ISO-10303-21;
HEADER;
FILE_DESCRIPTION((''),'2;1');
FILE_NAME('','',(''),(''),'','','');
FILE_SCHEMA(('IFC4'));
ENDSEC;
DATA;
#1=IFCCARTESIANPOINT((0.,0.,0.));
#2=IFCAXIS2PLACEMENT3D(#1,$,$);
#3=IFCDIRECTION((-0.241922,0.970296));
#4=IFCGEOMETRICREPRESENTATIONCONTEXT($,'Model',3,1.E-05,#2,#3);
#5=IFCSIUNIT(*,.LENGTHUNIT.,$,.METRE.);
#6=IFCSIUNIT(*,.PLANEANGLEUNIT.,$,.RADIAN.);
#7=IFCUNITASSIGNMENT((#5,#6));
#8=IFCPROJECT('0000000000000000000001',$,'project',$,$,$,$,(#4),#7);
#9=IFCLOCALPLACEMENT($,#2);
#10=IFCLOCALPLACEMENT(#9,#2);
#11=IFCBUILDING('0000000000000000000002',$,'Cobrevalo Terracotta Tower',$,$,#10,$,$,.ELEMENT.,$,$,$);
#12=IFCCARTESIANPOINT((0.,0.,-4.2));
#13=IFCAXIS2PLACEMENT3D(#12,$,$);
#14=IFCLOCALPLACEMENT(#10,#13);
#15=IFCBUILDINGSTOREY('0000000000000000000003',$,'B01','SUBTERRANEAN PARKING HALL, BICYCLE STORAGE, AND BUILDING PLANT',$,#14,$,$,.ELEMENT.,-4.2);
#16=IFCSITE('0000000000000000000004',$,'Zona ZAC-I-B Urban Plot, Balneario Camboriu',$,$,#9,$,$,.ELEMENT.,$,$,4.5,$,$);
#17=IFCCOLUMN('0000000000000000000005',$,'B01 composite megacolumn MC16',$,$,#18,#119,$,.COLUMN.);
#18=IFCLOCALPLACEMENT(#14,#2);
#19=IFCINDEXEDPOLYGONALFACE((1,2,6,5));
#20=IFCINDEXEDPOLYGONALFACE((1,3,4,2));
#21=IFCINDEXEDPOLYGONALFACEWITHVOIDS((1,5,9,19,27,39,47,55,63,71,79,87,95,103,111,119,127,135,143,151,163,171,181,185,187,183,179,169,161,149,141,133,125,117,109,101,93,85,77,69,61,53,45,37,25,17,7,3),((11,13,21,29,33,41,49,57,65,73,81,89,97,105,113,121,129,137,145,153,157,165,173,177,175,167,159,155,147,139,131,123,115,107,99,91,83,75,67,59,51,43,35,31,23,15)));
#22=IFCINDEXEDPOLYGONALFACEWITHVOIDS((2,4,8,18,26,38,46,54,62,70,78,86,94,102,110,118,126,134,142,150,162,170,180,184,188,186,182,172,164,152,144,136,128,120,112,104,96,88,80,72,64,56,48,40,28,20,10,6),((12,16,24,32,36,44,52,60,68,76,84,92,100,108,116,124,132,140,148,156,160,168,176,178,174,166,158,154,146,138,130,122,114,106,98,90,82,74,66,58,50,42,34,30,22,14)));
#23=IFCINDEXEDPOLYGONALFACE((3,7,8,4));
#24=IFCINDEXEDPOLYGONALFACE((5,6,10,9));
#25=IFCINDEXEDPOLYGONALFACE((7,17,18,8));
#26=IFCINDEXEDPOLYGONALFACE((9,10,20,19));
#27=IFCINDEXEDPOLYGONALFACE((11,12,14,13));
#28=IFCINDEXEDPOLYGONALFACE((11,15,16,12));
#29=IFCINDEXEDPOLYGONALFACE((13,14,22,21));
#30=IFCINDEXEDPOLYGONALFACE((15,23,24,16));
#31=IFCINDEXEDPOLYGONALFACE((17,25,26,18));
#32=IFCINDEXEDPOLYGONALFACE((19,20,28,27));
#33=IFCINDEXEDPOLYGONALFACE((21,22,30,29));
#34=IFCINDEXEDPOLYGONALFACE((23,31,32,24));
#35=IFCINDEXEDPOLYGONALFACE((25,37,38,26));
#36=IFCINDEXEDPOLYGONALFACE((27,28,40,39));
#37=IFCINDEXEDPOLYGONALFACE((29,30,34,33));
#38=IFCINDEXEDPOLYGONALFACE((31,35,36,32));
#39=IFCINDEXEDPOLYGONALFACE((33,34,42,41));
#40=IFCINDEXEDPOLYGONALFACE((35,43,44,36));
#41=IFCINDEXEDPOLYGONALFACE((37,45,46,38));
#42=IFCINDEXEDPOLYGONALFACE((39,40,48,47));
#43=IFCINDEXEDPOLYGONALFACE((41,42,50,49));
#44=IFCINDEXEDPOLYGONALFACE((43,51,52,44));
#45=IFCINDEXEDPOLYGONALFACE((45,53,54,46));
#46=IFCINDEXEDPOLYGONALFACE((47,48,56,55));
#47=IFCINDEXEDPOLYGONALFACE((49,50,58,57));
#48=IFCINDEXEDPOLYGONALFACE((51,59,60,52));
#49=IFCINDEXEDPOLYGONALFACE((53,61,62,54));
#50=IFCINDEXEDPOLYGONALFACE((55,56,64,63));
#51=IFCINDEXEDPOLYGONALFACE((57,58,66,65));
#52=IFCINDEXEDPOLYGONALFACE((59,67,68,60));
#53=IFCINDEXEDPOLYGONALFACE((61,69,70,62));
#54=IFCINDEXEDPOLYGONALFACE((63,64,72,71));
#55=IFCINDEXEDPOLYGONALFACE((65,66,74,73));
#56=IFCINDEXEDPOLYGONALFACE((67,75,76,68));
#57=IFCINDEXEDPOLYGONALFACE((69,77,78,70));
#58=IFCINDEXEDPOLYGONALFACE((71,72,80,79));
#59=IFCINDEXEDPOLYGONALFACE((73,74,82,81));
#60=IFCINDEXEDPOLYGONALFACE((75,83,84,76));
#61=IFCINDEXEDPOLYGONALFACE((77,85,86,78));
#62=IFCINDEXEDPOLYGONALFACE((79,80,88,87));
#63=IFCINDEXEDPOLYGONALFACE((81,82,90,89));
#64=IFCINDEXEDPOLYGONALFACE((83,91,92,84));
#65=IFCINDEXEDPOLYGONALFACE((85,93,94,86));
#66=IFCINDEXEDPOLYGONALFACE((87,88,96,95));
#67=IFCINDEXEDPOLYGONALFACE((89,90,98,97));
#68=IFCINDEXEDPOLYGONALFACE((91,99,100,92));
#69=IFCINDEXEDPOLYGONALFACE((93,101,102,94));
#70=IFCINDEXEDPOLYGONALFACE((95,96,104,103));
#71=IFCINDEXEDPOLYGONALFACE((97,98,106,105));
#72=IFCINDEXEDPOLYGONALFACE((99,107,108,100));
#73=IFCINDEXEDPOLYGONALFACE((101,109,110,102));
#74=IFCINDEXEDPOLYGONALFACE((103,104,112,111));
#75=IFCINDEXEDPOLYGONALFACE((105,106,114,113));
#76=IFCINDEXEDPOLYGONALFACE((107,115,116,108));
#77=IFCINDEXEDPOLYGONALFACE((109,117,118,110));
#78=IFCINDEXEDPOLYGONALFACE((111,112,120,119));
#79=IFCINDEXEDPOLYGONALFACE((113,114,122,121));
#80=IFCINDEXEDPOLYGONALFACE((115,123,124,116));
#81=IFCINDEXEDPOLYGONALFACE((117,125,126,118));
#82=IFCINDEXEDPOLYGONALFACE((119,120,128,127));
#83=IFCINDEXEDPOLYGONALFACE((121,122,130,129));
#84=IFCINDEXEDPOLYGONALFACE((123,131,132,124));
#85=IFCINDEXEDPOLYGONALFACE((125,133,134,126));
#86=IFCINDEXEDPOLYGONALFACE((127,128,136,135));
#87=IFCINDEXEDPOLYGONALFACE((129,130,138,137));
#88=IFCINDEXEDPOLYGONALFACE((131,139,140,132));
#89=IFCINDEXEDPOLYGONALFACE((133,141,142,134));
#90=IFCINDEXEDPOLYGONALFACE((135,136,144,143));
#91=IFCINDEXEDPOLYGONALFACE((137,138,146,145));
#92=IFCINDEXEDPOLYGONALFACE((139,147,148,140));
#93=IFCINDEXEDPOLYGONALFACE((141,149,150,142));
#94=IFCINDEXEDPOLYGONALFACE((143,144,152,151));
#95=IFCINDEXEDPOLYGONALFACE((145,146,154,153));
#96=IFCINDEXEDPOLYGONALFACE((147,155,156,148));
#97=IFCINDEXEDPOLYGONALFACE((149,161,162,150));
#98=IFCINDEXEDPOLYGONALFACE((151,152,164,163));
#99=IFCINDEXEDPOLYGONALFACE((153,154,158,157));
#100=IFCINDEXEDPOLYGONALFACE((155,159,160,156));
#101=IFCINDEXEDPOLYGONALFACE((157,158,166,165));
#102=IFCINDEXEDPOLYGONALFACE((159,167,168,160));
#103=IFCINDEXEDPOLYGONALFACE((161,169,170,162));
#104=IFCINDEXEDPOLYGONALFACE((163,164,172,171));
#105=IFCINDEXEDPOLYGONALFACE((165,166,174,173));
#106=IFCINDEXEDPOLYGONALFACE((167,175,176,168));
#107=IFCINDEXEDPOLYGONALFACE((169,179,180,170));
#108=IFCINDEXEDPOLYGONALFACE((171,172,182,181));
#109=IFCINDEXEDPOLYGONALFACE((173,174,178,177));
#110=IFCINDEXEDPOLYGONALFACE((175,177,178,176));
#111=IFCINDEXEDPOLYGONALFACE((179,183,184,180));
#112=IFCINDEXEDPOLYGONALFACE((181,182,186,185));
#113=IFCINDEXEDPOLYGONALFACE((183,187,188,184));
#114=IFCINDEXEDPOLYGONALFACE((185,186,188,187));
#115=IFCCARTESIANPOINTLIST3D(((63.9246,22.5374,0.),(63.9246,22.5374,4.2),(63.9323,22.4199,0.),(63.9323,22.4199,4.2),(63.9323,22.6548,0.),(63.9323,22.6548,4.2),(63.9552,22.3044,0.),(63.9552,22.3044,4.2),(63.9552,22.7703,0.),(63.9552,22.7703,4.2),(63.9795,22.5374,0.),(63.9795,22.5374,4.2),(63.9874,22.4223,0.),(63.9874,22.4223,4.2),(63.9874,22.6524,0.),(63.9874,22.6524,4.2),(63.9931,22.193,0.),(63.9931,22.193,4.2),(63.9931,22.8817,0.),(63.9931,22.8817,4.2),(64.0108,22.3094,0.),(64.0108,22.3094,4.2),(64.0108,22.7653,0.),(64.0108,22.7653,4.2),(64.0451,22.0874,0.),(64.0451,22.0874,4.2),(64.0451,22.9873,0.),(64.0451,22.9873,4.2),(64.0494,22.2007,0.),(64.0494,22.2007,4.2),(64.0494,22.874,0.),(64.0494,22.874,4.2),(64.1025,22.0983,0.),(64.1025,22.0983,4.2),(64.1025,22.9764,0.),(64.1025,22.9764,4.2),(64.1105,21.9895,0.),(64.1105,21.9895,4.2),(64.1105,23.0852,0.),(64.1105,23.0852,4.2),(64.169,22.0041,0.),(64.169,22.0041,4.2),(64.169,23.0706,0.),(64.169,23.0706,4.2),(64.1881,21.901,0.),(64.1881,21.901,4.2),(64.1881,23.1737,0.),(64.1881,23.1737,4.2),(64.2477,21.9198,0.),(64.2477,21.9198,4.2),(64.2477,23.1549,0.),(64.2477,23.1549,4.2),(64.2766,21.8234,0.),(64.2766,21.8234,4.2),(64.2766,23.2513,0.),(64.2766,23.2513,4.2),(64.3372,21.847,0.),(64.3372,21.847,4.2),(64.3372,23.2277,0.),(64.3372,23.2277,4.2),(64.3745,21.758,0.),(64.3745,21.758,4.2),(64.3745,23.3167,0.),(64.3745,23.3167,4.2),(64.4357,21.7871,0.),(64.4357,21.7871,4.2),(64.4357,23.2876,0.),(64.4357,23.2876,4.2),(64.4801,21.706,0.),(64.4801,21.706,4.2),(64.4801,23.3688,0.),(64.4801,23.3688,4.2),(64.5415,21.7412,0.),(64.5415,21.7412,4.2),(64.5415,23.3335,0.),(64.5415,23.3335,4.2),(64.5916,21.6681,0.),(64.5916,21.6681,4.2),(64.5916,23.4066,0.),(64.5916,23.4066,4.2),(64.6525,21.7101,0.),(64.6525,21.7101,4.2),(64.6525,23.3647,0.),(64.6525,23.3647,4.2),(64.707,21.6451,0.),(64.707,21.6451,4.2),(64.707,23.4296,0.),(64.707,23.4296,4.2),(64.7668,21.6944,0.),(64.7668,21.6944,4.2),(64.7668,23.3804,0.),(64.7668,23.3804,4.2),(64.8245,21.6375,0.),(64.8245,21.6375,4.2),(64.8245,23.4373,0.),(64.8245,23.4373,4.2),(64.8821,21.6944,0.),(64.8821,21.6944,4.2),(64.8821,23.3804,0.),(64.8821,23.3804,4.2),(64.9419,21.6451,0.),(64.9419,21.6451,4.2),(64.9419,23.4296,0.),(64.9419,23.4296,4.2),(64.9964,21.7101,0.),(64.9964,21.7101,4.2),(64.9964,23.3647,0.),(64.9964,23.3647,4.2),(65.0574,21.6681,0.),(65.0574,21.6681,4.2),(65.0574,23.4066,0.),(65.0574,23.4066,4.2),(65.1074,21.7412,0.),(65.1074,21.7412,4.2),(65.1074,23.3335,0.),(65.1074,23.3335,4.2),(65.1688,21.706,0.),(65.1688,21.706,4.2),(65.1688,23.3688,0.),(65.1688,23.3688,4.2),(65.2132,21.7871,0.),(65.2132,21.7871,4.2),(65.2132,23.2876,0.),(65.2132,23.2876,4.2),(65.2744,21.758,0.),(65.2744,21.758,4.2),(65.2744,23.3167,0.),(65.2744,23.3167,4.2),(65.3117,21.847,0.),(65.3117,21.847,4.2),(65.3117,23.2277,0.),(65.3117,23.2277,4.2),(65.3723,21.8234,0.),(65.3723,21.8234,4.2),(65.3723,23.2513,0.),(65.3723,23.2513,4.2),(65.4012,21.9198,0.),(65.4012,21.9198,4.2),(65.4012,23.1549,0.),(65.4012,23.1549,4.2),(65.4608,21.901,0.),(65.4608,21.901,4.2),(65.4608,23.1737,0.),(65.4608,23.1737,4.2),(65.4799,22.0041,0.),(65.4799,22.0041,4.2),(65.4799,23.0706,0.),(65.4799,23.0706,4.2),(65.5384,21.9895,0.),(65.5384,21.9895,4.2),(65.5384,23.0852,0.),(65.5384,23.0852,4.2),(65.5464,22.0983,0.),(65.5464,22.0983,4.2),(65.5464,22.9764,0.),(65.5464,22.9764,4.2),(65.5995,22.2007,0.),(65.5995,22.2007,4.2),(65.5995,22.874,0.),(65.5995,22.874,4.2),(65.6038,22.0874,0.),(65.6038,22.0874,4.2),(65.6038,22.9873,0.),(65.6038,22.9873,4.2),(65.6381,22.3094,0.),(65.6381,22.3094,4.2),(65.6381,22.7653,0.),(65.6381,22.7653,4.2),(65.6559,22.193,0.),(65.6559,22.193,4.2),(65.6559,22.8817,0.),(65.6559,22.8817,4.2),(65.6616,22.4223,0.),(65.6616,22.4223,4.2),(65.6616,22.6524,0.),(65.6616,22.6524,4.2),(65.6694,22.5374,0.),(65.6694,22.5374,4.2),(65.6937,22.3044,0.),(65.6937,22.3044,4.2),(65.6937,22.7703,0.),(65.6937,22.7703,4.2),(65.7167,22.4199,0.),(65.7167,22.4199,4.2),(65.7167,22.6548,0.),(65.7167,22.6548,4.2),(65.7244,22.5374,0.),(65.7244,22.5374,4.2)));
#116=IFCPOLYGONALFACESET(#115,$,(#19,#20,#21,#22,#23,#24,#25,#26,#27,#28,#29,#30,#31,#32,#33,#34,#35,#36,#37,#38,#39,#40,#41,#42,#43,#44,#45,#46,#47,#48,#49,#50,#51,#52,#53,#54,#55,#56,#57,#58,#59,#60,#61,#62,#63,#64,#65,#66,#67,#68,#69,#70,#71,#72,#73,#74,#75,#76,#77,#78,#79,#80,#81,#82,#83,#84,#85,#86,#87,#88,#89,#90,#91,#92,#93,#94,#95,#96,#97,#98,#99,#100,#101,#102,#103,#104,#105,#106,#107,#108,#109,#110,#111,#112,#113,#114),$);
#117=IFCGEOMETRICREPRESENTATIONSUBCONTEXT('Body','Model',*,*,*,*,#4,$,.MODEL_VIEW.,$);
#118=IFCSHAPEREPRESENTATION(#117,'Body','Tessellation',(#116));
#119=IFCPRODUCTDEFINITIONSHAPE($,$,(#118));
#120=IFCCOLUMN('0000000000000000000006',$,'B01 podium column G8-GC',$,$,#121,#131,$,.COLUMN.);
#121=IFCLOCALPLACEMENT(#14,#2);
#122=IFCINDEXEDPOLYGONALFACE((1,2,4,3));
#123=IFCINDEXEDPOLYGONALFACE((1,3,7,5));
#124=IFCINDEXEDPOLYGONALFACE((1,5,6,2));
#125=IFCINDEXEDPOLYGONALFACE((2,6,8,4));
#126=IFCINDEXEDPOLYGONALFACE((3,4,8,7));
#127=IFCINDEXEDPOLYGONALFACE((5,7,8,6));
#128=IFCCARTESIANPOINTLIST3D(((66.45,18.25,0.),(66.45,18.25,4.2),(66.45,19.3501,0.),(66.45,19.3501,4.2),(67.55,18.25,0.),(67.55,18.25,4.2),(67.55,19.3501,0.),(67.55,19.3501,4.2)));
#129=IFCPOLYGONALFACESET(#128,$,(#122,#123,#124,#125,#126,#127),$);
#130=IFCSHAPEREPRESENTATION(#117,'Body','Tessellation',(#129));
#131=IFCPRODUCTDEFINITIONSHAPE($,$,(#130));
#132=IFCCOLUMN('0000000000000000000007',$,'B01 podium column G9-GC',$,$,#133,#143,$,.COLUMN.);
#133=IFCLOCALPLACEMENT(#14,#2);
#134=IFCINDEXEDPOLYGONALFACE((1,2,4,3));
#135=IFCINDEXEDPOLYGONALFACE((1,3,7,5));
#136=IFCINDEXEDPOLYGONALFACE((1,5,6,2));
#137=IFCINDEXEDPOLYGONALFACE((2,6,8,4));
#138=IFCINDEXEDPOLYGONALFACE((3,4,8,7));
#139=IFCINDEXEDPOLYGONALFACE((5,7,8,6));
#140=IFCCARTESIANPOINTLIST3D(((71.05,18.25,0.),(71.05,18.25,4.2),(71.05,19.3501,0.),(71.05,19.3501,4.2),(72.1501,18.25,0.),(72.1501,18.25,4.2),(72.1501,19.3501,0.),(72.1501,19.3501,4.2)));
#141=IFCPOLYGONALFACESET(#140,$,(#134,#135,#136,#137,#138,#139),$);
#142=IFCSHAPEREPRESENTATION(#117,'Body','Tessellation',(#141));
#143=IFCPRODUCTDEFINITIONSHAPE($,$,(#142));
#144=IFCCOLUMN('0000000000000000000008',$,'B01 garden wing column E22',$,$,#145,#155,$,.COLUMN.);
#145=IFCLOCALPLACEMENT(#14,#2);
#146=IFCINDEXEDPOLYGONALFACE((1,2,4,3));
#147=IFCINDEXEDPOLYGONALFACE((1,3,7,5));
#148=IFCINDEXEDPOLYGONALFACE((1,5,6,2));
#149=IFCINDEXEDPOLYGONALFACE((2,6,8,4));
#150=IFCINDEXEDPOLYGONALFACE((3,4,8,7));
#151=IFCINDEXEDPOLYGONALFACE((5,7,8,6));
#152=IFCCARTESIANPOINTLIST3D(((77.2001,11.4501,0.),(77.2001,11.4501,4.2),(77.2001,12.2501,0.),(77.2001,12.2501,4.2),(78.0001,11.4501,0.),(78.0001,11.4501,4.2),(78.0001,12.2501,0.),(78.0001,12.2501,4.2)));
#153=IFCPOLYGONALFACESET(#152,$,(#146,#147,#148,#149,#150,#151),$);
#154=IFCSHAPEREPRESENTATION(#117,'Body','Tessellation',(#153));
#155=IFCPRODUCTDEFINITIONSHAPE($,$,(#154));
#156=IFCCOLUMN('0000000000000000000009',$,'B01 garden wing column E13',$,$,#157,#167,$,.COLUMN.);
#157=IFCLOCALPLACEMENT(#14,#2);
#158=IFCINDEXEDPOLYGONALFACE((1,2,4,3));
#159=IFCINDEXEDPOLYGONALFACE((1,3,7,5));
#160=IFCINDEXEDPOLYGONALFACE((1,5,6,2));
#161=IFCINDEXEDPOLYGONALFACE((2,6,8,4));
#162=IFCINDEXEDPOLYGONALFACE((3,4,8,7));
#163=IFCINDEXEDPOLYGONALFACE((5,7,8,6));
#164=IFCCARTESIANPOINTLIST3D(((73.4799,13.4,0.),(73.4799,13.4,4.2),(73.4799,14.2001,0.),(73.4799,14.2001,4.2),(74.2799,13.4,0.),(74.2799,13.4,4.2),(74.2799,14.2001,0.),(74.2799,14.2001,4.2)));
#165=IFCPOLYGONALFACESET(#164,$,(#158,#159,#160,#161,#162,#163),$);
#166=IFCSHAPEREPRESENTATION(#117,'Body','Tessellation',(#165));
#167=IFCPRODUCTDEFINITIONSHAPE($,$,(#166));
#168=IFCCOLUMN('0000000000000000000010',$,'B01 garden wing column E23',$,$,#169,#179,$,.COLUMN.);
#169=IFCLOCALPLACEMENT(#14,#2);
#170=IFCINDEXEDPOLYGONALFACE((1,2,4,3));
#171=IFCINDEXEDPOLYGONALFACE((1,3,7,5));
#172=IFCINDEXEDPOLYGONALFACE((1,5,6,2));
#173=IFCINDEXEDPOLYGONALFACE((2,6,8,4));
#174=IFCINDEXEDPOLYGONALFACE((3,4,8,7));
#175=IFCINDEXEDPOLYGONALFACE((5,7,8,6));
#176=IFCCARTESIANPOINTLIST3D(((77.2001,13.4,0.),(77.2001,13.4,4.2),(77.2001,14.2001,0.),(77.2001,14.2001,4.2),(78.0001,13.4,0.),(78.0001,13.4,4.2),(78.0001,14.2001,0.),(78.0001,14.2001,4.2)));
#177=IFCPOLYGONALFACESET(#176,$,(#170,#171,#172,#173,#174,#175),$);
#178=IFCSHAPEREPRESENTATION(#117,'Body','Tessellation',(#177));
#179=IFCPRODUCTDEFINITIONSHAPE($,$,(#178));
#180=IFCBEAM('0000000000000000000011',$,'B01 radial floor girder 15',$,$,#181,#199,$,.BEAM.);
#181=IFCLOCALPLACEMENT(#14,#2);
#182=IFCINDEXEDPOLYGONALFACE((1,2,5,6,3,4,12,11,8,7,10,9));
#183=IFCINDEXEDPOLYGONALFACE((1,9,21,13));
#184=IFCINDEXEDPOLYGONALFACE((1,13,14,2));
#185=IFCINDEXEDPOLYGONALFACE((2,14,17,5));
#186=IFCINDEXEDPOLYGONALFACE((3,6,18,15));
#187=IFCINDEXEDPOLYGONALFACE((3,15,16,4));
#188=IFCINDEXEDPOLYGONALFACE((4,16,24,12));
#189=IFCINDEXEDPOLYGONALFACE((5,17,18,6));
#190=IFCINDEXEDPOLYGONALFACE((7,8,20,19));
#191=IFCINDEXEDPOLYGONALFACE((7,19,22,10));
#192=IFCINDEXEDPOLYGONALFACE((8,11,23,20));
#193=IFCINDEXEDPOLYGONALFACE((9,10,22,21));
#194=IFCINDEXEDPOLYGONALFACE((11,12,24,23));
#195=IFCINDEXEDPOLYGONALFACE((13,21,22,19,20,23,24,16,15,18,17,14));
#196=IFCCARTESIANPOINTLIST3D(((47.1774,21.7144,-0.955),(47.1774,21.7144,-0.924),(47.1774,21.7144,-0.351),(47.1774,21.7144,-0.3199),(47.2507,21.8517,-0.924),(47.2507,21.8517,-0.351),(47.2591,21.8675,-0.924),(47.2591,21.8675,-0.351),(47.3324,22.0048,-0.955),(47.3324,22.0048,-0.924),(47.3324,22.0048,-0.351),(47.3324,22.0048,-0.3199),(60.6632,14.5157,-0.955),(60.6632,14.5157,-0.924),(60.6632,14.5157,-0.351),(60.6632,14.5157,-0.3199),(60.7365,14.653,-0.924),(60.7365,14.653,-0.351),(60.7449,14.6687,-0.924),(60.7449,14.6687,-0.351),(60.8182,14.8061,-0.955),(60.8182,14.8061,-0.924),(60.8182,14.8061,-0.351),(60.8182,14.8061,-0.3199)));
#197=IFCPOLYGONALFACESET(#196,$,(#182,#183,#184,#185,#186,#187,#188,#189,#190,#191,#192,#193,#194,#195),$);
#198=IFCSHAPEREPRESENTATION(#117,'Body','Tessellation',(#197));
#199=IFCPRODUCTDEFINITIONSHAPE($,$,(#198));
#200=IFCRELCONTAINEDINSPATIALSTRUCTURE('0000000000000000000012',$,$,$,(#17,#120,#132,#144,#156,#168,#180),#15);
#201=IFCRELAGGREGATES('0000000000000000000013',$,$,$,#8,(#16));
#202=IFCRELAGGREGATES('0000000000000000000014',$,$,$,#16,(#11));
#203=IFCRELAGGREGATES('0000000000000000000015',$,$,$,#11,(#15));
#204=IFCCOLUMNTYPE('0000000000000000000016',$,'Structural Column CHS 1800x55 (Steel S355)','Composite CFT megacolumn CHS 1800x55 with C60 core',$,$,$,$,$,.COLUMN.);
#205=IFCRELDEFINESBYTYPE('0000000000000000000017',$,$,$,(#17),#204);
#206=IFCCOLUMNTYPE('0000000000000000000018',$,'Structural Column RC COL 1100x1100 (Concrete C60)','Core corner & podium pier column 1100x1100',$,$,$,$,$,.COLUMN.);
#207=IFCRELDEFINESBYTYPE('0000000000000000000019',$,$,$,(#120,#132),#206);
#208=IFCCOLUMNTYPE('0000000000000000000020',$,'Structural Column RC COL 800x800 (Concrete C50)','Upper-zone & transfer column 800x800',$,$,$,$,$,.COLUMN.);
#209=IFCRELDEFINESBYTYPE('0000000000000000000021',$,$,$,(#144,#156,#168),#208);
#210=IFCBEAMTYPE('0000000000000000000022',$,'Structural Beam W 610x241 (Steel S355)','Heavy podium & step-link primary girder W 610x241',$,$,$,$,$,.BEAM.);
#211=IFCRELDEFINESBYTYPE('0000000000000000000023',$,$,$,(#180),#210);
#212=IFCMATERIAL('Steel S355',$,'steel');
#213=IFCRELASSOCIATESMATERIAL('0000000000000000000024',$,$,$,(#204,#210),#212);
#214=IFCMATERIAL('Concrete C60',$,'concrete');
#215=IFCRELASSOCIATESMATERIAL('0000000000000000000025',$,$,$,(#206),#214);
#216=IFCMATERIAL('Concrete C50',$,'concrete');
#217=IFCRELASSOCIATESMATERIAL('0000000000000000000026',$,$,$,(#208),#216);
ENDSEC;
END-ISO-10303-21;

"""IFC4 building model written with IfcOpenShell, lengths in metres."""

from ifc_helpers import new_model, si_unit, direction, frame, origin, origin_2d, place, context, subcontext, project, spatial, rectangle, hollow_circle, i_section, extrude, material, material_profile, profile_set, type_object, element, save


model = new_model("IFC4")

# Units and contexts
model_context = context("Model", 3, precision=1e-05, world=origin(), true_north=direction((-0.241922, 0.970296)))
body_context = subcontext(model_context, "Body", "Model", "MODEL_VIEW")
ifc_project = project(units=[si_unit("LENGTHUNIT", "METRE"), si_unit("PLANEANGLEUNIT", "RADIAN")], contexts=[model_context])

# Site, building, storey
site_placement = place(None, origin())
site = spatial("IfcSite", under=ifc_project, at=site_placement, Name="Zona ZAC-I-B Urban Plot, Balneario Camboriu", CompositionType="ELEMENT", RefElevation=4.5)
building_placement = place(site_placement, origin())
building = spatial("IfcBuilding", under=site, at=building_placement, Name="Cobrevalo Terracotta Tower", CompositionType="ELEMENT")
storey_placement = place(building_placement, frame((0.0, 0.0, -4.2)))
storey = spatial("IfcBuildingStorey", under=building, at=storey_placement, Name="B01", Description="SUBTERRANEAN PARKING HALL, BICYCLE STORAGE, AND BUILDING PLANT", CompositionType="ELEMENT", Elevation=-4.2)

# Columns
ifc_material_1 = material(Name="Steel S355", Category="steel")
ifc_material_profile_1 = material_profile(ifc_material_1, hollow_circle(Radius=0.8999, WallThickness=0.0549, at=origin_2d()), Name="CHS 1800x55")
ifc_profile_set_1 = profile_set([ifc_material_profile_1], Name="Steel S355")
column_type_1 = type_object("IfcColumnType", Name="Structural Column CHS 1800x55 (Steel S355)", Description="Composite CFT megacolumn CHS 1800x55 with C60 core", PredefinedType="COLUMN", material=ifc_profile_set_1)
column_placement = place(storey_placement, frame((64.8245, 22.5374, 0.0), z_axis=(0.0, 0.0, 1.0), x_axis=(1.0, 0.0, 0.0)))
element("IfcColumn", 1, at=column_placement, inside=storey, type_object=column_type_1, Name="B01 composite megacolumn MC16", PredefinedType="COLUMN", context=body_context, shape_type="SweptSolid", body=[
    extrude(hollow_circle(Radius=0.8999, WallThickness=0.0549, at=origin_2d()), origin(), (0.0, 0.0, 1.0), 4.2),
])
ifc_material_2 = material(Name="Concrete C60", Category="concrete")
ifc_material_profile_2 = material_profile(ifc_material_2, rectangle(XDim=1.1001, YDim=1.1001, at=origin_2d()), Name="RC COL 1100x1100")
ifc_profile_set_2 = profile_set([ifc_material_profile_2], Name="Concrete C60")
column_type_2 = type_object("IfcColumnType", Name="Structural Column RC COL 1100x1100 (Concrete C60)", Description="Core corner & podium pier column 1100x1100", PredefinedType="COLUMN", material=ifc_profile_set_2)
for number, where, z_axis, x_axis, name in (
    (2, (67.0, 18.8, 0.0), (0.0, 0.0, 1.0), (1.0, 0.0, 0.0), "B01 podium column G8-GC"),
    (3, (71.6001, 18.8, 0.0), (0.0, 0.0, 1.0), (1.0, 0.0, 0.0), "B01 podium column G9-GC"),
):
    element("IfcColumn", number, at=place(storey_placement, frame(where, z_axis=z_axis, x_axis=x_axis)), inside=storey, type_object=column_type_2, Name=name, PredefinedType="COLUMN", context=body_context, shape_type="SweptSolid", body=[
        extrude(rectangle(XDim=1.1001, YDim=1.1001, at=origin_2d()), origin(), (0.0, 0.0, 1.0), 4.2),
    ])
ifc_material_3 = material(Name="Concrete C50", Category="concrete")
ifc_material_profile_3 = material_profile(ifc_material_3, rectangle(XDim=0.8, YDim=0.8, at=origin_2d()), Name="RC COL 800x800")
ifc_profile_set_3 = profile_set([ifc_material_profile_3], Name="Concrete C50")
column_type_3 = type_object("IfcColumnType", Name="Structural Column RC COL 800x800 (Concrete C50)", Description="Upper-zone & transfer column 800x800", PredefinedType="COLUMN", material=ifc_profile_set_3)
for number, where, z_axis, x_axis, name in (
    (4, (77.6001, 11.8501, 0.0), (0.0, 0.0, 1.0), (1.0, 0.0, 0.0), "B01 garden wing column E22"),
    (5, (73.8799, 13.8, 0.0), (0.0, 0.0, 1.0), (1.0, 0.0, 0.0), "B01 garden wing column E13"),
    (6, (77.6001, 13.8, 0.0), (0.0, 0.0, 1.0), (1.0, 0.0, 0.0), "B01 garden wing column E23"),
):
    element("IfcColumn", number, at=place(storey_placement, frame(where, z_axis=z_axis, x_axis=x_axis)), inside=storey, type_object=column_type_3, Name=name, PredefinedType="COLUMN", context=body_context, shape_type="SweptSolid", body=[
        extrude(rectangle(XDim=0.8, YDim=0.8, at=origin_2d()), origin(), (0.0, 0.0, 1.0), 4.2),
    ])

# Beam
ifc_material_profile_4 = material_profile(ifc_material_1, i_section(OverallWidth=0.3291, OverallDepth=0.635, WebThickness=0.0178, FlangeThickness=0.031, at=origin_2d()), Name="W 610x241")
ifc_profile_set_4 = profile_set([ifc_material_profile_4], Name="Steel S355")
beam_type_1 = type_object("IfcBeamType", Name="Structural Beam W 610x241 (Steel S355)", Description="Heavy podium & step-link primary girder W 610x241", PredefinedType="BEAM", material=ifc_profile_set_4)
beam_1_placement = place(storey_placement, frame((60.7407, 14.6609, -0.6375), z_axis=(-0.882182, 0.470908, 0.0), x_axis=(-0.470908, -0.882182, 0.0)))
element("IfcBeam", 7, at=beam_1_placement, inside=storey, type_object=beam_type_1, Name="B01 radial floor girder 15", PredefinedType="BEAM", context=body_context, shape_type="SweptSolid", body=[
    extrude(i_section(OverallWidth=0.3291, OverallDepth=0.635, WebThickness=0.0178, FlangeThickness=0.031, at=origin_2d()), origin(), (0.0, 0.0, 1.0), 15.2869),
])

save(model, "model.ifc")
